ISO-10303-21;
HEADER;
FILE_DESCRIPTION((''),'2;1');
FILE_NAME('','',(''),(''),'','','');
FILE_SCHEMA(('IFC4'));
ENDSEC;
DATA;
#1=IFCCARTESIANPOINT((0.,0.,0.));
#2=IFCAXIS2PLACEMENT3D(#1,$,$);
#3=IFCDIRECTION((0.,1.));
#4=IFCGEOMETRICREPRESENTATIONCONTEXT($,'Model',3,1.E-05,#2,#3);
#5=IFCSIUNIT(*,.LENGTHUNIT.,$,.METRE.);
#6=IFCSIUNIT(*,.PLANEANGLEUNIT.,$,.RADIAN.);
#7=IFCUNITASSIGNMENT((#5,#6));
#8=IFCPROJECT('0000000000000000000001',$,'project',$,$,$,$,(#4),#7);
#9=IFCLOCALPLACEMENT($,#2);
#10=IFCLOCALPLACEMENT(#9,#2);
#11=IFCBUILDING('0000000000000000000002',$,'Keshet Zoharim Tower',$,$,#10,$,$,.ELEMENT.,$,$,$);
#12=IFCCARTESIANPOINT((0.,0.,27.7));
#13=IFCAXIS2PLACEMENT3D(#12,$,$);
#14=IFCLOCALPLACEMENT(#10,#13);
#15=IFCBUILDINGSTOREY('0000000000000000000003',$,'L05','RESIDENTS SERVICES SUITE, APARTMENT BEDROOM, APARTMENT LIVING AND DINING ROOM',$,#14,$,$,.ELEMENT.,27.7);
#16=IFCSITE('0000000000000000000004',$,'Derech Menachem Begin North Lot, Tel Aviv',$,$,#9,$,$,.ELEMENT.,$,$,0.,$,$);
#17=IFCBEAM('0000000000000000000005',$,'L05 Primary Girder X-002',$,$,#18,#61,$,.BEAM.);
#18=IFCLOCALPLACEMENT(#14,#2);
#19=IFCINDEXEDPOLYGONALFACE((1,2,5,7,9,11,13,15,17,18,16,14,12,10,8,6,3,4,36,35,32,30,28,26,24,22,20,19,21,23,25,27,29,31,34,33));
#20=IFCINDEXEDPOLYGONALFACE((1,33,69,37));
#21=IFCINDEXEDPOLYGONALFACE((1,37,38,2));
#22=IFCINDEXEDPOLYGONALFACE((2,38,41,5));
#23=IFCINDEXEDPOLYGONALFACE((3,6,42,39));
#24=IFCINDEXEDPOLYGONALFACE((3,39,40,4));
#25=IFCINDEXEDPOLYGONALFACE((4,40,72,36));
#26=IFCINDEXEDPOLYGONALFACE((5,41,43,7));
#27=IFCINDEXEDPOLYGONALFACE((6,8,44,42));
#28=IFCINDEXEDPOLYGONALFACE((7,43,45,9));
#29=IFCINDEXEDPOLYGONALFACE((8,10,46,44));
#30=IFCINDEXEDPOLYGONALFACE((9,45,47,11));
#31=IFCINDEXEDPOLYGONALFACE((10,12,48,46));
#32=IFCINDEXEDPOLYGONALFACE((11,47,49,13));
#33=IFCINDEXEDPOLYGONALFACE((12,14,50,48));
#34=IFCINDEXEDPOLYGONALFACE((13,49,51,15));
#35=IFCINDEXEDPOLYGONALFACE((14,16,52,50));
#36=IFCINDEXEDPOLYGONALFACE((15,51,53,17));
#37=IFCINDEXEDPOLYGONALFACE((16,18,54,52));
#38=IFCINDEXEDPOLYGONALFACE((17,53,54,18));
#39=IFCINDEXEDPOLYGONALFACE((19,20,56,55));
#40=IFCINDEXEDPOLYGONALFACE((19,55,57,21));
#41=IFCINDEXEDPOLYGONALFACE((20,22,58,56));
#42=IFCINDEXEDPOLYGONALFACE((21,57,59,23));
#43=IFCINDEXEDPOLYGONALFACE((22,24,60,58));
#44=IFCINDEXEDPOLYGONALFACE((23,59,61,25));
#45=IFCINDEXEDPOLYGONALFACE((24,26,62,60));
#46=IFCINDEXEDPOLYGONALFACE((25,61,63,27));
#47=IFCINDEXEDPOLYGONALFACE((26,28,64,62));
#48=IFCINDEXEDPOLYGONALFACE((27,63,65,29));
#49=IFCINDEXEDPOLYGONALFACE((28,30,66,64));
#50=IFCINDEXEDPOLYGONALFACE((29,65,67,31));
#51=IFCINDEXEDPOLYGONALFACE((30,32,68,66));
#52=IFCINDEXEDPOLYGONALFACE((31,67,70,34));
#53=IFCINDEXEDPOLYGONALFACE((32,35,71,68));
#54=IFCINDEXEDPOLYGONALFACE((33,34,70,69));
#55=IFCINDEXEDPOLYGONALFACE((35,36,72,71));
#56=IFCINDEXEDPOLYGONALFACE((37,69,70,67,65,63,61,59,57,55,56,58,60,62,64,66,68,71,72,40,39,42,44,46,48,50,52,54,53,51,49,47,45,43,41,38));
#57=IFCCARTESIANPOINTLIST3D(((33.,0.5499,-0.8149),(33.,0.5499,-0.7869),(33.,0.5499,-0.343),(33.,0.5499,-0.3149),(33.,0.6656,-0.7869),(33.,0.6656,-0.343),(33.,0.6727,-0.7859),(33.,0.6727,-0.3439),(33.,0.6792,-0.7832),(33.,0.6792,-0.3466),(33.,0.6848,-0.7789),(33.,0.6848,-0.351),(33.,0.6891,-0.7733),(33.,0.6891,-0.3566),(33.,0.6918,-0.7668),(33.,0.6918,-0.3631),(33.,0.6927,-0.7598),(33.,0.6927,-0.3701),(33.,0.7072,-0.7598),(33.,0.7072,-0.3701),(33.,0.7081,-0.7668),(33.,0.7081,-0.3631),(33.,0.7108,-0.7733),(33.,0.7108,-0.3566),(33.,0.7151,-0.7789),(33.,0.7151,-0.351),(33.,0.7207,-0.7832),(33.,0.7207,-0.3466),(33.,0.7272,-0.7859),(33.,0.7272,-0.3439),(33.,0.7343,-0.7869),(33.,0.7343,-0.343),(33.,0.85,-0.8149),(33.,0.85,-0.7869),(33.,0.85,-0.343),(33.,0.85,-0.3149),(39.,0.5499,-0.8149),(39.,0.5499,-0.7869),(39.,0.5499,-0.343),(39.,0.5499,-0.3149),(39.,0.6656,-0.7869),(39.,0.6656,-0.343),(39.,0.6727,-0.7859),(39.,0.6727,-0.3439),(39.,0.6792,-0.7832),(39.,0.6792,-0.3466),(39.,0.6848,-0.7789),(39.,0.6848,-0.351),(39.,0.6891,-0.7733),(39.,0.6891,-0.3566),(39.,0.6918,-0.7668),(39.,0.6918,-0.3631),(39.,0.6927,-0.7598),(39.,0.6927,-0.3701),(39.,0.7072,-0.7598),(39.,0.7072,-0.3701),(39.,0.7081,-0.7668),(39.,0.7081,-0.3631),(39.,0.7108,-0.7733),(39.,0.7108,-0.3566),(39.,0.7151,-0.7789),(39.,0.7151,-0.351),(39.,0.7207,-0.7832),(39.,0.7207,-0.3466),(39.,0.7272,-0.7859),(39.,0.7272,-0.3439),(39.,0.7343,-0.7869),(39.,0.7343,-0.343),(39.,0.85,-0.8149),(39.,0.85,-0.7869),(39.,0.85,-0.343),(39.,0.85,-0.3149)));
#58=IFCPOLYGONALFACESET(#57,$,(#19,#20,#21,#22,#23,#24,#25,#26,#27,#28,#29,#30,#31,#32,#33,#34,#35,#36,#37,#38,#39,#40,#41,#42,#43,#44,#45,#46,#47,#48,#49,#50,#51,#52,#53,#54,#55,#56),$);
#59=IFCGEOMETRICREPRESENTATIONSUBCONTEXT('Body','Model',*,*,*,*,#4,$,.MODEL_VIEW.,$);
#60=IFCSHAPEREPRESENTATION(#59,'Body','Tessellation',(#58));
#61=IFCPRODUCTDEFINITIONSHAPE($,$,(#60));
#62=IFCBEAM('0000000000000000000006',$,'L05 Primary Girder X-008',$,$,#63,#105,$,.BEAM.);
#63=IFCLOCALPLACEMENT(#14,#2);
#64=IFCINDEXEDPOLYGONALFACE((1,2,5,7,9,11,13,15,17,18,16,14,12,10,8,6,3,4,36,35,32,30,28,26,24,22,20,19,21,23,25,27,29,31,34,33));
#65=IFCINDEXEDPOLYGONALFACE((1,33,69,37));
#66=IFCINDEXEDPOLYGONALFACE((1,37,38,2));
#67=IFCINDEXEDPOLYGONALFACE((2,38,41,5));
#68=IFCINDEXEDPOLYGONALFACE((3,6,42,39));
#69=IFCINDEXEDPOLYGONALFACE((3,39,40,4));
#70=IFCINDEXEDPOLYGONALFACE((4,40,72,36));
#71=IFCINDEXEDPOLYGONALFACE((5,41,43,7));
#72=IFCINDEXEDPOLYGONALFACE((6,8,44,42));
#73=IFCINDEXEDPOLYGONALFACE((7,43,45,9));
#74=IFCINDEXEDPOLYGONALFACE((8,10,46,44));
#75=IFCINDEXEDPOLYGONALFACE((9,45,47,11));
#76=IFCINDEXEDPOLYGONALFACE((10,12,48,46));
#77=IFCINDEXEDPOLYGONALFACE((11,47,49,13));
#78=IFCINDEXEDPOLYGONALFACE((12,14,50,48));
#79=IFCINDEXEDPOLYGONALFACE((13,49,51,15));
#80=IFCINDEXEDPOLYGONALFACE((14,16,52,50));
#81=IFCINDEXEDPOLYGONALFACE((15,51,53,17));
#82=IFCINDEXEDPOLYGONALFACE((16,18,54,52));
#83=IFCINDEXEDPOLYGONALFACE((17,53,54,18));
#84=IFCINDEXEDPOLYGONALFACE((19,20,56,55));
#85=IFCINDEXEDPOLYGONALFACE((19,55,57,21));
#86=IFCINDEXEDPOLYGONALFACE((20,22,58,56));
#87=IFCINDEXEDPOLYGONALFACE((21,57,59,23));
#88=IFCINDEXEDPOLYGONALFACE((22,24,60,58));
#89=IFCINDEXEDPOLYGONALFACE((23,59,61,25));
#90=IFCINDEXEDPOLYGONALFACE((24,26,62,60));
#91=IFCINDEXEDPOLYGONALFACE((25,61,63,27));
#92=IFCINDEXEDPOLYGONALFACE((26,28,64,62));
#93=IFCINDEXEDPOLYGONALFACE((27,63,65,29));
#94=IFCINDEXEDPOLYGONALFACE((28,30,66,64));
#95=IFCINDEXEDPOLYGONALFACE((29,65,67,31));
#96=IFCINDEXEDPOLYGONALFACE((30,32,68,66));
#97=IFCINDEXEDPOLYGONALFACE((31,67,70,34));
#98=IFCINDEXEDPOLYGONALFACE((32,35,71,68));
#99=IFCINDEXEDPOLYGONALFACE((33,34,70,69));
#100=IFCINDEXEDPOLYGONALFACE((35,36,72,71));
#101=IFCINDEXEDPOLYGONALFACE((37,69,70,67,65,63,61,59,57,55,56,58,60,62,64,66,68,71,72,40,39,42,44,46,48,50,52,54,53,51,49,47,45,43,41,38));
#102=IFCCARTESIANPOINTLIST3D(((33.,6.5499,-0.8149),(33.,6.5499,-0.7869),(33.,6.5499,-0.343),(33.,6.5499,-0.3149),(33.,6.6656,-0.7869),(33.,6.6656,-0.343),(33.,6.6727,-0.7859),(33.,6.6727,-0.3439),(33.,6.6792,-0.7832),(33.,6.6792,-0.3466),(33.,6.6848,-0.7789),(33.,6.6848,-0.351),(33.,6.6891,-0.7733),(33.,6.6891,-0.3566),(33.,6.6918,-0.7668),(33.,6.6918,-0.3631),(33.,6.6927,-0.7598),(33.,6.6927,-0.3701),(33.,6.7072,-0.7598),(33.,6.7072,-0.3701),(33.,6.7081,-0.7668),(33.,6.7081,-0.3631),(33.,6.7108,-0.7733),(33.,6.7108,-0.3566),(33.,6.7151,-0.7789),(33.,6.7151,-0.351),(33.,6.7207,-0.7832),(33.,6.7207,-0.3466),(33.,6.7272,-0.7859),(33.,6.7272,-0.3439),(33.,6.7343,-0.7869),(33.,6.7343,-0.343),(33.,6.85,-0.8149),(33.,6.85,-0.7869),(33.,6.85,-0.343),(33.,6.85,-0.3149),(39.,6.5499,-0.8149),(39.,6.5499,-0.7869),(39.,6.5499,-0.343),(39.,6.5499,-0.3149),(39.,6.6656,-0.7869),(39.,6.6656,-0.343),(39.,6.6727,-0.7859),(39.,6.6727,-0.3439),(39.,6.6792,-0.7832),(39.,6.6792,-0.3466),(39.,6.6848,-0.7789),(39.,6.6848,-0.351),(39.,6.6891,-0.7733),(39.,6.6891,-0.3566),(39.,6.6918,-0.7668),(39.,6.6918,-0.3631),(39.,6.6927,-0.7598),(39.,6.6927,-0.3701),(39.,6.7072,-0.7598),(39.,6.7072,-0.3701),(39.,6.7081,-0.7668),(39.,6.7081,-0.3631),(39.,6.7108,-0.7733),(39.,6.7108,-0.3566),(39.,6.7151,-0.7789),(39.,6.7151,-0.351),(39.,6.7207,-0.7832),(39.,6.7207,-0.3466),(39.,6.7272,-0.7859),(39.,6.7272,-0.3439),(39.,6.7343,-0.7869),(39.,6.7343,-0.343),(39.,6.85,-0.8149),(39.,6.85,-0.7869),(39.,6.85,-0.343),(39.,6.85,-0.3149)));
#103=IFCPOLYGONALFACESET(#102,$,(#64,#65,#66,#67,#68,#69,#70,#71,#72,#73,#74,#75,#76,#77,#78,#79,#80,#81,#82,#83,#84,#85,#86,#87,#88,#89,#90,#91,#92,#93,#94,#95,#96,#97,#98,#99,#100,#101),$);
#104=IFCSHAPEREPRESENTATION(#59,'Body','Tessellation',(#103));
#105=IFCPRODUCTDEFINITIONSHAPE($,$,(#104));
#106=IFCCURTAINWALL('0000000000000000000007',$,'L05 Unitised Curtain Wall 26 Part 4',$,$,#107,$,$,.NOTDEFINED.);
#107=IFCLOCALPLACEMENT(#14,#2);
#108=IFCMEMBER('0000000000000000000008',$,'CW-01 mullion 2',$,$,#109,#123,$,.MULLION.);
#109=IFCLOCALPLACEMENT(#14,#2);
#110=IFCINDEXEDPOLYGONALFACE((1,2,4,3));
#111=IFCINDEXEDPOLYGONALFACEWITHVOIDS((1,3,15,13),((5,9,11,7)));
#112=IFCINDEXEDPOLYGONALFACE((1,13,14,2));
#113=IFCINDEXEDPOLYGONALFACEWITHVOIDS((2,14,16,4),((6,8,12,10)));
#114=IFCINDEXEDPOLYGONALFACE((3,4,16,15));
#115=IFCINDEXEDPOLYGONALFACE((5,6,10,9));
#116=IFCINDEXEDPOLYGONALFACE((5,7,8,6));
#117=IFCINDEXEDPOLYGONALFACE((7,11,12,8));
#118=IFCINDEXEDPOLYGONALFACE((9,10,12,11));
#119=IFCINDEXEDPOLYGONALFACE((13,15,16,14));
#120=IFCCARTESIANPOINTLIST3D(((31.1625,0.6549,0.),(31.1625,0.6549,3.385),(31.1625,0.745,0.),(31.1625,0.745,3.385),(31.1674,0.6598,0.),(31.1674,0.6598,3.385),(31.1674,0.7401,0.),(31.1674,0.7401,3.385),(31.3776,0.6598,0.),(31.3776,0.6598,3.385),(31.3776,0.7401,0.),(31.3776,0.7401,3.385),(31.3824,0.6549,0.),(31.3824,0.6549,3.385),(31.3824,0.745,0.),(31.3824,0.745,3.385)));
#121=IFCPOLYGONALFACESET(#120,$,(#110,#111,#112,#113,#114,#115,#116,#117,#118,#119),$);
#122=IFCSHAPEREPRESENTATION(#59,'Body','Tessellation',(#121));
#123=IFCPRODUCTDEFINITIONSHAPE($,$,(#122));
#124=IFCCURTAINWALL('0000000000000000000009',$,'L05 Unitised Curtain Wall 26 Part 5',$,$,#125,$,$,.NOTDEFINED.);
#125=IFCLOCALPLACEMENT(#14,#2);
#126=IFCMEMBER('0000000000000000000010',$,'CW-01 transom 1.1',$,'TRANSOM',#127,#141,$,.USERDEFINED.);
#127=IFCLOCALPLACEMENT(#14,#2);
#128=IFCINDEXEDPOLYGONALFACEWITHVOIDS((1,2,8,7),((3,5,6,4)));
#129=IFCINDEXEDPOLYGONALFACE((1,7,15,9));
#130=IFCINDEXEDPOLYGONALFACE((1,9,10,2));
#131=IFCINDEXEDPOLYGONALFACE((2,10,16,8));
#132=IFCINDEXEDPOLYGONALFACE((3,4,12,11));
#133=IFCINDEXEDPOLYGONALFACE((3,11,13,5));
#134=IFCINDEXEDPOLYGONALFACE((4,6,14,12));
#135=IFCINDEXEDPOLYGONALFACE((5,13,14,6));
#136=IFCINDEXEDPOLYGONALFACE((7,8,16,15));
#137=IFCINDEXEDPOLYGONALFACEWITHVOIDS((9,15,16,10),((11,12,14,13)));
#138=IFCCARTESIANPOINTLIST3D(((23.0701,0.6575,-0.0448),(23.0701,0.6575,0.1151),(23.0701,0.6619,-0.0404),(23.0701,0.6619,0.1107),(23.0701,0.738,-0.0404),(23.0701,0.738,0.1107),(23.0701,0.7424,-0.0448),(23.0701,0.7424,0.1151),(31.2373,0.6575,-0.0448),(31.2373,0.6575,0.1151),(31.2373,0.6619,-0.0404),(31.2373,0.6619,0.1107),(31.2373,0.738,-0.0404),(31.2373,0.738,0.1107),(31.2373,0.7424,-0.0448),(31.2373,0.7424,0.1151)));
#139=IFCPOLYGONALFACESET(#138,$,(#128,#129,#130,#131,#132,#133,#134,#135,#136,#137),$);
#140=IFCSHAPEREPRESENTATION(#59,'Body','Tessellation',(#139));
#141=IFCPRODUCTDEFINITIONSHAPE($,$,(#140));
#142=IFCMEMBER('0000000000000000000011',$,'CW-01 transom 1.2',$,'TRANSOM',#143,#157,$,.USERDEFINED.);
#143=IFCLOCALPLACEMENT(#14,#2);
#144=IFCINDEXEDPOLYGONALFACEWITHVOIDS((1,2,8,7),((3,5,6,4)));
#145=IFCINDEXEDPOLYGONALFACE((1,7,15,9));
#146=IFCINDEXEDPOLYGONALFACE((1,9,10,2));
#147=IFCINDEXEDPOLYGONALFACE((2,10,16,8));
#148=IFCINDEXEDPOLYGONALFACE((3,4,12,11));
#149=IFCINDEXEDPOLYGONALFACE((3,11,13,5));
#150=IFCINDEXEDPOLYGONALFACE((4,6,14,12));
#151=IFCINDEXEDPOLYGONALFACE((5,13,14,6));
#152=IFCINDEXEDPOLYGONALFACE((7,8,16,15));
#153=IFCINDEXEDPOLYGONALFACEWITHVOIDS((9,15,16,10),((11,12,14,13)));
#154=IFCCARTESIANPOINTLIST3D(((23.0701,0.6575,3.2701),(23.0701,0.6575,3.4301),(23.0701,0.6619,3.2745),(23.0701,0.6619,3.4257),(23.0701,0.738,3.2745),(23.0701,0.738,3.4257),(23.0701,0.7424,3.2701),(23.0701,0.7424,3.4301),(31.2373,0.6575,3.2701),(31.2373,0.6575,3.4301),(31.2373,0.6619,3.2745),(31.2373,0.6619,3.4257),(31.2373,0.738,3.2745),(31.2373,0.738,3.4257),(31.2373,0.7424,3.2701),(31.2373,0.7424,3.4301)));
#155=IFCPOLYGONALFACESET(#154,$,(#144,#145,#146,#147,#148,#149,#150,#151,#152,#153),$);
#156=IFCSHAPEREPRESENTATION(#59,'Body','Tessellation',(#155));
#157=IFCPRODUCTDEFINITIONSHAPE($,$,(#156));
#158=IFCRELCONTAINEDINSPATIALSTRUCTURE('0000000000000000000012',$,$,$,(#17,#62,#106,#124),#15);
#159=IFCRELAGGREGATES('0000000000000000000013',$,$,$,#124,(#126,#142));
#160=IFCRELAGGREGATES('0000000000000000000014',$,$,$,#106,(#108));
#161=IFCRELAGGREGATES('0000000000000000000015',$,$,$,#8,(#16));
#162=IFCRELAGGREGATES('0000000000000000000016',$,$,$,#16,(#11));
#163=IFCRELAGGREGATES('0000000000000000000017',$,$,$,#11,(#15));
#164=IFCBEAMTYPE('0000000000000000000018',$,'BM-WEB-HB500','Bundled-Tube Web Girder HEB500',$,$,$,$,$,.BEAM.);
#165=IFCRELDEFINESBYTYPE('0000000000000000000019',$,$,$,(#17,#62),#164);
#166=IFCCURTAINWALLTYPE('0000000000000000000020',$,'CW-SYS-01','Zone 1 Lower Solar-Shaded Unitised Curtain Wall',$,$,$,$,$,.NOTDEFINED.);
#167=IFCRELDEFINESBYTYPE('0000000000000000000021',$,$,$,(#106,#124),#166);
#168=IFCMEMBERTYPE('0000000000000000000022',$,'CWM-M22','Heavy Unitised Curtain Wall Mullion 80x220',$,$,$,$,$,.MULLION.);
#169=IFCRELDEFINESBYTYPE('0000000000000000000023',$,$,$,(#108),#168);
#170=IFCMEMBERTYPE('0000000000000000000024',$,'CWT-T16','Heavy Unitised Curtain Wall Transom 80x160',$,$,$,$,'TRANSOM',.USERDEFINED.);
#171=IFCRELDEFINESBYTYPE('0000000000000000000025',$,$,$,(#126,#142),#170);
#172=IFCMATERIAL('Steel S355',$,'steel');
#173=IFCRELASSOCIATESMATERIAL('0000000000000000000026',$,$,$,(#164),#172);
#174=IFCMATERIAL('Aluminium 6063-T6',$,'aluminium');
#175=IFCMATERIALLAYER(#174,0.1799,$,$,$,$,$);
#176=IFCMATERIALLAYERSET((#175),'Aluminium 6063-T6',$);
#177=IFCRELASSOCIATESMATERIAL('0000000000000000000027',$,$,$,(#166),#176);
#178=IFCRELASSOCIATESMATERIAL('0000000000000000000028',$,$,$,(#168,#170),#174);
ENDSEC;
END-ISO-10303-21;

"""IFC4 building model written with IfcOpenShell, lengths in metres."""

from ifc_helpers import new_model, si_unit, direction, frame, origin, origin_2d, place, context, subcontext, project, spatial, hollow_rectangle, i_section, extrude, material, layer, layer_set, material_profile, profile_set, type_object, element, aggregate, save


model = new_model("IFC4")

# Units and contexts
model_context = context("Model", 3, precision=1e-05, world=origin(), true_north=direction((0.0, 1.0)))
body_context = subcontext(model_context, "Body", "Model", "MODEL_VIEW")
ifc_project = project(units=[si_unit("LENGTHUNIT", "METRE"), si_unit("PLANEANGLEUNIT", "RADIAN")], contexts=[model_context])

# Site, building, storey
site_placement = place(None, origin())
site = spatial("IfcSite", under=ifc_project, at=site_placement, Name="Derech Menachem Begin North Lot, Tel Aviv", CompositionType="ELEMENT", RefElevation=0.0)
building_placement = place(site_placement, origin())
building = spatial("IfcBuilding", under=site, at=building_placement, Name="Keshet Zoharim Tower", CompositionType="ELEMENT")
storey_placement = place(building_placement, frame((0.0, 0.0, 27.7)))
storey = spatial("IfcBuildingStorey", under=building, at=storey_placement, Name="L05", Description="RESIDENTS SERVICES SUITE, APARTMENT BEDROOM, APARTMENT LIVING AND DINING ROOM", CompositionType="ELEMENT", Elevation=27.7)

# Shared definitions
ifc_material_1 = material(Name="Steel S355", Category="steel")

# Beams
ifc_material_profile_1 = material_profile(ifc_material_1, i_section(OverallWidth=0.3, OverallDepth=0.5, WebThickness=0.0144, FlangeThickness=0.0281, FilletRadius=0.0271, at=origin_2d()), Name="HEB500")
ifc_profile_set_1 = profile_set([ifc_material_profile_1], Name="Steel S355")
beam_type_1 = type_object("IfcBeamType", Name="BM-WEB-HB500", Description="Bundled-Tube Web Girder HEB500", PredefinedType="BEAM", material=ifc_profile_set_1)
for number, where, z_axis, x_axis, name in (
    (1, (33.0, 0.7, -0.5649), (1.0, 0.0, 0.0), (0.0, 1.0, 0.0), "L05 Primary Girder X-002"),
    (2, (33.0, 6.7, -0.5649), (1.0, 0.0, 0.0), (0.0, 1.0, 0.0), "L05 Primary Girder X-008"),
):
    element("IfcBeam", number, at=place(storey_placement, frame(where, z_axis=z_axis, x_axis=x_axis)), inside=storey, type_object=beam_type_1, Name=name, PredefinedType="BEAM", context=body_context, shape_type="SweptSolid", body=[
        extrude(i_section(OverallWidth=0.3, OverallDepth=0.5, WebThickness=0.0144, FlangeThickness=0.0281, FilletRadius=0.0271, at=origin_2d()), origin(), (0.0, 0.0, 1.0), 6.0),
    ])

# Curtain wall, member
ifc_material_2 = material(Name="Aluminium 6063-T6", Category="aluminium")
ifc_layer_1 = layer(ifc_material_2, 0.1799)
ifc_layer_set_1 = layer_set([ifc_layer_1], Name="Aluminium 6063-T6")
curtain_wall_type = type_object("IfcCurtainWallType", Name="CW-SYS-01", Description="Zone 1 Lower Solar-Shaded Unitised Curtain Wall", PredefinedType="NOTDEFINED", material=ifc_layer_set_1)
curtain_wall_1_placement = place(storey_placement, origin())
curtain_wall_1 = element("IfcCurtainWall", 3, at=curtain_wall_1_placement, inside=storey, type_object=curtain_wall_type, Name="L05 Unitised Curtain Wall 26 Part 4", PredefinedType="NOTDEFINED")
ifc_material_profile_2 = material_profile(ifc_material_2, hollow_rectangle(XDim=0.0901, YDim=0.22, WallThickness=0.0049, at=origin_2d()), Name="MUL-90x220")
ifc_profile_set_2 = profile_set([ifc_material_profile_2], Name="Aluminium 6063-T6")
member_type_1 = type_object("IfcMemberType", Name="CWM-M22", Description="Heavy Unitised Curtain Wall Mullion 80x220", PredefinedType="MULLION", material=ifc_profile_set_2)
member_1_placement = place(storey_placement, frame((31.2725, 0.7, 0.0), z_axis=(0.0, 0.0, 1.0), x_axis=(0.0, -1.0, 0.0)))
member_1 = element("IfcMember", 4, at=member_1_placement, type_object=member_type_1, Name="CW-01 mullion 2", PredefinedType="MULLION", context=body_context, shape_type="SweptSolid", body=[
    extrude(hollow_rectangle(XDim=0.0901, YDim=0.22, WallThickness=0.0049, at=origin_2d()), origin(), (0.0, 0.0, 1.0), 3.385),
])

# Curtain wall, members
curtain_wall_2_placement = place(storey_placement, origin())
curtain_wall_2 = element("IfcCurtainWall", 5, at=curtain_wall_2_placement, inside=storey, type_object=curtain_wall_type, Name="L05 Unitised Curtain Wall 26 Part 5", PredefinedType="NOTDEFINED")
ifc_material_profile_3 = material_profile(ifc_material_2, hollow_rectangle(XDim=0.085, YDim=0.1599, WallThickness=0.0044, at=origin_2d()), Name="TRN-85x160")
ifc_profile_set_3 = profile_set([ifc_material_profile_3], Name="Aluminium 6063-T6")
member_type_2 = type_object("IfcMemberType", Name="CWT-T16", Description="Heavy Unitised Curtain Wall Transom 80x160", ElementType="TRANSOM", PredefinedType="USERDEFINED", material=ifc_profile_set_3)
member_2_placement = place(storey_placement, frame((31.2373, 0.7, 0.0352), z_axis=(-1.0, 0.0, 0.0), x_axis=(0.0, -1.0, 0.0)))
member_2 = element("IfcMember", 6, at=member_2_placement, type_object=member_type_2, Name="CW-01 transom 1.1", ObjectType="TRANSOM", PredefinedType="USERDEFINED", context=body_context, shape_type="SweptSolid", body=[
    extrude(hollow_rectangle(XDim=0.085, YDim=0.1599, WallThickness=0.0044, at=origin_2d()), origin(), (0.0, 0.0, 1.0), 8.1672),
])
member_3_placement = place(storey_placement, frame((31.2373, 0.7, 3.3501), z_axis=(-1.0, 0.0, 0.0), x_axis=(0.0, -1.0, 0.0)))
member_3 = element("IfcMember", 7, at=member_3_placement, type_object=member_type_2, Name="CW-01 transom 1.2", ObjectType="TRANSOM", PredefinedType="USERDEFINED", context=body_context, shape_type="SweptSolid", body=[
    extrude(hollow_rectangle(XDim=0.085, YDim=0.1599, WallThickness=0.0044, at=origin_2d()), origin(), (0.0, 0.0, 1.0), 8.1672),
])

aggregate(curtain_wall_2, [member_2, member_3])
aggregate(curtain_wall_1, [member_1])

save(model, "model.ifc")
